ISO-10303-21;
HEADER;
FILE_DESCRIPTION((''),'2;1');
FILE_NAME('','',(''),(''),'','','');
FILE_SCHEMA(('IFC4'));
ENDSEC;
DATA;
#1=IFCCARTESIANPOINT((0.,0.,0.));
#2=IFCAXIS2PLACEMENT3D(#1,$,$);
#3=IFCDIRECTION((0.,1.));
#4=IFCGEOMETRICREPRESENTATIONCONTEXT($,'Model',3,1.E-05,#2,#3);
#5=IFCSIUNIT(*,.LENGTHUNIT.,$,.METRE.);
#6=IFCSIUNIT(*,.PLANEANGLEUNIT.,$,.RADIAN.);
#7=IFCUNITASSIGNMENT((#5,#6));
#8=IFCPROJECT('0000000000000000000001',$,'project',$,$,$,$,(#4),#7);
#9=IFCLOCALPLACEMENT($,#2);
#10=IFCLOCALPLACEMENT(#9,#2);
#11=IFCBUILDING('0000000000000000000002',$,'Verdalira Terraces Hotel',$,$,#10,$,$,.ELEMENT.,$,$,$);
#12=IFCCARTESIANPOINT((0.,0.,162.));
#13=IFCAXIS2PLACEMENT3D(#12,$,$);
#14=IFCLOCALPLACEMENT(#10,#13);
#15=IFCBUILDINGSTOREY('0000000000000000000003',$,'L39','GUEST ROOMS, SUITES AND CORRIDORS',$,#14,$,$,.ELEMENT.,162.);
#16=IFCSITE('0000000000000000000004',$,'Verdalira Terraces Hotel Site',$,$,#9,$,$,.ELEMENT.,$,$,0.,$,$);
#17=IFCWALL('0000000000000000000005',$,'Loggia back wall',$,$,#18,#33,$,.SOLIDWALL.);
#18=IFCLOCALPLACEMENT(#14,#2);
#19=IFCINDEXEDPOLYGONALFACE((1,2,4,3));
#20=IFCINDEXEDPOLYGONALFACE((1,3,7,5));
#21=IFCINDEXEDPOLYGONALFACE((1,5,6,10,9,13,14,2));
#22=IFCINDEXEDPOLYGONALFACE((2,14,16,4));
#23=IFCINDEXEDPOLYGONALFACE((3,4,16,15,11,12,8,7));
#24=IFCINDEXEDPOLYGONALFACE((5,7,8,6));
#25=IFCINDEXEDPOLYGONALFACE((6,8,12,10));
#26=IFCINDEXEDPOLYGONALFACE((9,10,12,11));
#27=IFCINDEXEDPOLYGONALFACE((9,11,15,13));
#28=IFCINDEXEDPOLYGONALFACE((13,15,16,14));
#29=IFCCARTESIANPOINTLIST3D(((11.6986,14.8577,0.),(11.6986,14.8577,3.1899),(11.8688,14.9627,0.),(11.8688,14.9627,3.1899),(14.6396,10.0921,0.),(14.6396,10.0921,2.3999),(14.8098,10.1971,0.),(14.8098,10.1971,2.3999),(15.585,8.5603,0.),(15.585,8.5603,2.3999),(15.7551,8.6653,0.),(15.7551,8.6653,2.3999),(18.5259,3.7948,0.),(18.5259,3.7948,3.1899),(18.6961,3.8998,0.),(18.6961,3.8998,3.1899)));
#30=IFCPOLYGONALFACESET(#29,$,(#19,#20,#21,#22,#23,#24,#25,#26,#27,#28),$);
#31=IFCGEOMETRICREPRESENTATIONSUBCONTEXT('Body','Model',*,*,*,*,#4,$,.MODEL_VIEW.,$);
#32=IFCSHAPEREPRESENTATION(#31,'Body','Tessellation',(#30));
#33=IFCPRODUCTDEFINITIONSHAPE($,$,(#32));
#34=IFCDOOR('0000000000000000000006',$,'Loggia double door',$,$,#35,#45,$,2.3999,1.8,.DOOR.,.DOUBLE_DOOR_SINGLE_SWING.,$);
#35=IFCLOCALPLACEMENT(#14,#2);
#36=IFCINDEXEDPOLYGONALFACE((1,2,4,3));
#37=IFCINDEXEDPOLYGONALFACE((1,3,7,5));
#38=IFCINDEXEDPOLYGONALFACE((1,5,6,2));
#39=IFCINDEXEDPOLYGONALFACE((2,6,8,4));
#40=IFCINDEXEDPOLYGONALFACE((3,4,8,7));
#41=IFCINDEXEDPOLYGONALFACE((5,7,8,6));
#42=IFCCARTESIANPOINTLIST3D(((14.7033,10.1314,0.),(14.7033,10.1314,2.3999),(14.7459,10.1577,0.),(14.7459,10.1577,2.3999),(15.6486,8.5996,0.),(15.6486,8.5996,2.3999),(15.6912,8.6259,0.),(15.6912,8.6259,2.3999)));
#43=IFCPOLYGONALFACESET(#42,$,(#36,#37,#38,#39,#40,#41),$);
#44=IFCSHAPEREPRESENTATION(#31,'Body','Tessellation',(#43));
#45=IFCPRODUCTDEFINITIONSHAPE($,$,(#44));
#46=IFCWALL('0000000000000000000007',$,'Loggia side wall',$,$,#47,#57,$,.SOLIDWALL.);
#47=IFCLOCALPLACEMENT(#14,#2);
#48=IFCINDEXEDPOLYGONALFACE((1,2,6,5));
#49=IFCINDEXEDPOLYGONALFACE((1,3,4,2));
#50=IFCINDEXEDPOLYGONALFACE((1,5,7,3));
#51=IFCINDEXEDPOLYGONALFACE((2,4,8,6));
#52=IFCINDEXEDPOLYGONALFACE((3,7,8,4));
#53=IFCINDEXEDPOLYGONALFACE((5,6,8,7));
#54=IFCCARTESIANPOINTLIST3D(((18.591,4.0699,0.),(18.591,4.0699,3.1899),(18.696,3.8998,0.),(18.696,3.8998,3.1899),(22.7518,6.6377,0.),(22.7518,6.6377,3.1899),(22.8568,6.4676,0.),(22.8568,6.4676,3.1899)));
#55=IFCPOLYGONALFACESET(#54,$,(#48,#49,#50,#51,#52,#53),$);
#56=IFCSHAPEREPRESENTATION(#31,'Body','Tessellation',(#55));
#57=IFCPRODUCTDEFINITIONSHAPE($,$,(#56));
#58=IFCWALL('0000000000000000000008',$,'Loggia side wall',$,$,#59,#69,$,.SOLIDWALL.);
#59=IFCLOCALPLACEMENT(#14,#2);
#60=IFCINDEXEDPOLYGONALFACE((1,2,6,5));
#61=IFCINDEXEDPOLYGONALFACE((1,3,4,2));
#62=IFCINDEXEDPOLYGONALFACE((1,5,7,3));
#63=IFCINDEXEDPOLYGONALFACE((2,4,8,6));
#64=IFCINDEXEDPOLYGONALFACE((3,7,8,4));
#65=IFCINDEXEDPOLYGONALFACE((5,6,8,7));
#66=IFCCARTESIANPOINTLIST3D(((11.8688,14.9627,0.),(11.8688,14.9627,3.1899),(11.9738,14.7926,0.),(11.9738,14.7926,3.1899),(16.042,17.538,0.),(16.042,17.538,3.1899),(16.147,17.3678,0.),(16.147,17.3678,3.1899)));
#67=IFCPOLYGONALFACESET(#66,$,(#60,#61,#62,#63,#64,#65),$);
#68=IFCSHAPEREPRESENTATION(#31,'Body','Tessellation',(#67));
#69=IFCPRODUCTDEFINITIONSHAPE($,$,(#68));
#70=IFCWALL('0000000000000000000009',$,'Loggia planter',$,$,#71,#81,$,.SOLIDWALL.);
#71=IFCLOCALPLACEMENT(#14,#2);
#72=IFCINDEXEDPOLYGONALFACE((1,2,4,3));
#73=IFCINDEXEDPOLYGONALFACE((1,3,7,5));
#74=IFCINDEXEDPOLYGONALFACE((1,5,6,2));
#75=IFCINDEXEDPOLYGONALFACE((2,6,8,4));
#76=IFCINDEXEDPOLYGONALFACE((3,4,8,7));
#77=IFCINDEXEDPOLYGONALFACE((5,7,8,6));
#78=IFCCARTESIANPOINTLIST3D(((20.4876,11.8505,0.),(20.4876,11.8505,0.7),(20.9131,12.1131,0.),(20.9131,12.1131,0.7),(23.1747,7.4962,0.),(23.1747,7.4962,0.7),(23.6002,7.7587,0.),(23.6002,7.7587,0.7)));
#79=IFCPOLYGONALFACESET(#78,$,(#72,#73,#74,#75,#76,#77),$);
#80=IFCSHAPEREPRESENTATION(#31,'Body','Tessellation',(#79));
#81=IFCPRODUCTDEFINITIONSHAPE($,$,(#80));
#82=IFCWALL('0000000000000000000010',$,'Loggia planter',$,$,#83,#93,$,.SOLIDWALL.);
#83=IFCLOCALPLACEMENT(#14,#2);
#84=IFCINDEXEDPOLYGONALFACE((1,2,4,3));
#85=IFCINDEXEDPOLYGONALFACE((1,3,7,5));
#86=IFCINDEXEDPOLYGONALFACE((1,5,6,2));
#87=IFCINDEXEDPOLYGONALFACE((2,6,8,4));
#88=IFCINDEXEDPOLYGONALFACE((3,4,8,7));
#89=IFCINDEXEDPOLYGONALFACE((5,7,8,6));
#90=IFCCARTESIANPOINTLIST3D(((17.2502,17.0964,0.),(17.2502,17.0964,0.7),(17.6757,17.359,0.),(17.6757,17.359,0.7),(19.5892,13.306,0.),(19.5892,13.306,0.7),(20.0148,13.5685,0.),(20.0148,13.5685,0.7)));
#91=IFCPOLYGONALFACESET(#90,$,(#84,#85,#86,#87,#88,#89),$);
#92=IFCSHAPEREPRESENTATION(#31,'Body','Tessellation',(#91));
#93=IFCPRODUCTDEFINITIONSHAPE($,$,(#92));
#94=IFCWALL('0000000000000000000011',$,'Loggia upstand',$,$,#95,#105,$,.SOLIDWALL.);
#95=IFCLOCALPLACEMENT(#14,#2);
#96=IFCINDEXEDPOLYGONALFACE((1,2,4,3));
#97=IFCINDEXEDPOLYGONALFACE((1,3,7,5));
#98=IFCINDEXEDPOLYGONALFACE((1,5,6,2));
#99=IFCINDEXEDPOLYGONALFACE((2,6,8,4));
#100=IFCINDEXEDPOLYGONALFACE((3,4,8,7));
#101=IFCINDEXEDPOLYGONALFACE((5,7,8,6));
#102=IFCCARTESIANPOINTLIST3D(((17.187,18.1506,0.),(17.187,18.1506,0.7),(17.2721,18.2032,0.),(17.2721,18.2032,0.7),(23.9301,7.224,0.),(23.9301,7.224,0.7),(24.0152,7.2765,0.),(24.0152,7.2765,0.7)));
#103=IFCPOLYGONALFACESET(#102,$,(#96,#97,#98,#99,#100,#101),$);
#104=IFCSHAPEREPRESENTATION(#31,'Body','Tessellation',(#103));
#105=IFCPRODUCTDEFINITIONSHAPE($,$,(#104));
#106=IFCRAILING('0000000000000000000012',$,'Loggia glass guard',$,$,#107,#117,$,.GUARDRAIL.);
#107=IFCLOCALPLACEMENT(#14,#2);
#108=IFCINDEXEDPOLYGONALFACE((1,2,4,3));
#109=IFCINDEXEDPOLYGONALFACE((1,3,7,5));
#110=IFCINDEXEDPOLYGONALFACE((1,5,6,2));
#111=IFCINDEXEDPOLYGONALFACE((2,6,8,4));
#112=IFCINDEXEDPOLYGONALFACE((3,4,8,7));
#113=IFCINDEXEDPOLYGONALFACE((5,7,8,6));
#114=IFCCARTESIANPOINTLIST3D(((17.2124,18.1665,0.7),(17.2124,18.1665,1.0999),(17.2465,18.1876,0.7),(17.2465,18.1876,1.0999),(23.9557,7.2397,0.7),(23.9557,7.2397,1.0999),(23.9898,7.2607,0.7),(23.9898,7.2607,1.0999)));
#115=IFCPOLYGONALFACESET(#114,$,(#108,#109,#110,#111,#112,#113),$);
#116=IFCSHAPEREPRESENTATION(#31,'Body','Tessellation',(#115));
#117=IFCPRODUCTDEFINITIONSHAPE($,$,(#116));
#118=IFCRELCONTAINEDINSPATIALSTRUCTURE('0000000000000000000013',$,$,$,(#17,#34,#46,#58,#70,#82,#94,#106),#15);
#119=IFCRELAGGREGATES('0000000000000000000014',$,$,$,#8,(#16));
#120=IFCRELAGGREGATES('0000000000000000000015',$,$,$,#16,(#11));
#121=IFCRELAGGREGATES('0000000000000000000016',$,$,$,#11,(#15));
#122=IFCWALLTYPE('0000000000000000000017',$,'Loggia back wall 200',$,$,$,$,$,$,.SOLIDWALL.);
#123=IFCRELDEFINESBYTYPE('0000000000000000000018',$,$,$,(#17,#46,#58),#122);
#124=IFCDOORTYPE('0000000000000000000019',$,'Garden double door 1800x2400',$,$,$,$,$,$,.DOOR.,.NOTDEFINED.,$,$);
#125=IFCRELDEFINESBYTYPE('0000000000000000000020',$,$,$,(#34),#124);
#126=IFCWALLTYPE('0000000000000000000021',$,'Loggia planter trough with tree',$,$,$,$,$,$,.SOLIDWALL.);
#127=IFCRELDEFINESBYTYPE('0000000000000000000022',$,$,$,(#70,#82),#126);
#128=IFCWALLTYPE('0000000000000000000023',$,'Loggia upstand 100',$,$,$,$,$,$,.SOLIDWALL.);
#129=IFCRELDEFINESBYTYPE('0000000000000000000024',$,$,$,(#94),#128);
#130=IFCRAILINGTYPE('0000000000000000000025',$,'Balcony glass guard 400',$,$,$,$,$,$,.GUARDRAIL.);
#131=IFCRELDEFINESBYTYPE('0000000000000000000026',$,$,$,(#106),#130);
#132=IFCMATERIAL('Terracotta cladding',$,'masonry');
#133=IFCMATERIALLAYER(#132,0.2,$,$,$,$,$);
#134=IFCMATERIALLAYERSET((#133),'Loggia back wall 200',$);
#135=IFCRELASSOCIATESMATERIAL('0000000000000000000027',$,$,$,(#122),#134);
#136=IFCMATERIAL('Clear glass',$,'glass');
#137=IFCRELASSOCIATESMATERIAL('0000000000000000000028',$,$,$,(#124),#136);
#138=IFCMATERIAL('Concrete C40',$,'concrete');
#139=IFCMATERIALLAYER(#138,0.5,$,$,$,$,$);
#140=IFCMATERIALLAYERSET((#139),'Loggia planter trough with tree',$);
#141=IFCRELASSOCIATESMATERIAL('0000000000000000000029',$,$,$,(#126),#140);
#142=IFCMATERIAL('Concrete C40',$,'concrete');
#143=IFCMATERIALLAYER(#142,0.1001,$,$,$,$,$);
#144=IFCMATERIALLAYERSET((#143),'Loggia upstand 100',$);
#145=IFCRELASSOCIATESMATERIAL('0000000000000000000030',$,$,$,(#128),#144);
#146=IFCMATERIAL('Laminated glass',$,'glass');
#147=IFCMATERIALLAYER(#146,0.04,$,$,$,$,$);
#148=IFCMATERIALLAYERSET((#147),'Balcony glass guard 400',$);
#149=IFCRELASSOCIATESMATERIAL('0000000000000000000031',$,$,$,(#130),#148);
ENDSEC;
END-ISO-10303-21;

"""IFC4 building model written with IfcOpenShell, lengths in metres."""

from ifc_helpers import new_model, si_unit, direction, frame, frame_2d, origin, origin_2d, place, context, subcontext, project, spatial, rectangle, extrude, material, layer, layer_set, type_object, element, fill, save


model = new_model("IFC4")

# Units and contexts
model_context = context("Model", 3, precision=1e-05, world=origin(), true_north=direction((0.0, 1.0)))
body_context = subcontext(model_context, "Body", "Model", "MODEL_VIEW")
ifc_project = project(units=[si_unit("LENGTHUNIT", "METRE"), si_unit("PLANEANGLEUNIT", "RADIAN")], contexts=[model_context])

# Site, building, storey
site_placement = place(None, origin())
site = spatial("IfcSite", under=ifc_project, at=site_placement, Name="Verdalira Terraces Hotel Site", CompositionType="ELEMENT", RefElevation=0.0)
building_placement = place(site_placement, origin())
building = spatial("IfcBuilding", under=site, at=building_placement, Name="Verdalira Terraces Hotel", CompositionType="ELEMENT")
storey_placement = place(building_placement, frame((0.0, 0.0, 162.0)))
storey = spatial("IfcBuildingStorey", under=building, at=storey_placement, Name="L39", Description="GUEST ROOMS, SUITES AND CORRIDORS", CompositionType="ELEMENT", Elevation=162.0)

# Wall, opening, door
ifc_material_1 = material(Name="Terracotta cladding", Category="masonry")
ifc_layer_1 = layer(ifc_material_1, 0.2)
ifc_layer_set_1 = layer_set([ifc_layer_1], Name="Loggia back wall 200")
wall_type_1 = type_object("IfcWallType", Name="Loggia back wall 200", PredefinedType="SOLIDWALL", material=ifc_layer_set_1)
wall_1_placement = place(storey_placement, frame((11.7837, 14.9102, 0.0), z_axis=(0.0, 0.0, 1.0), x_axis=(0.525179, -0.850992, 0.0)))
wall_1 = element("IfcWall", 1, at=wall_1_placement, inside=storey, type_object=wall_type_1, Name="Loggia back wall", PredefinedType="SOLIDWALL", context=body_context, shape_type="SweptSolid", body=[
    extrude(rectangle(XDim=13.0, YDim=0.2, at=frame_2d((6.5, 0.0))), origin(), (0.0, 0.0, 1.0), 3.1899),
])
opening_1_placement = place(wall_1_placement, frame((5.6001, 0.0, 0.0)))
opening_1 = element("IfcOpeningElement", 2, at=opening_1_placement, cuts=wall_1, PredefinedType="OPENING", context=body_context, shape_type="SweptSolid", body=[
    extrude(rectangle(XDim=1.8, YDim=2.3999, at=frame_2d((0.8999, 1.2))), frame((0.0, 0.1099, 0.0), z_axis=(0.0, -1.0, 0.0), x_axis=(1.0, 0.0, 0.0)), (0.0, 0.0, 1.0), 0.22),
])
ifc_material_2 = material(Name="Clear glass", Category="glass")
door_type_1 = type_object("IfcDoorType", Name="Garden double door 1800x2400", OperationType="NOTDEFINED", PredefinedType="DOOR", material=ifc_material_2)
door_1_placement = place(opening_1_placement, origin())
door_1 = element("IfcDoor", 3, at=door_1_placement, inside=storey, type_object=door_type_1, Name="Loggia double door", OperationType="DOUBLE_DOOR_SINGLE_SWING", OverallHeight=2.3999, OverallWidth=1.8, PredefinedType="DOOR", context=body_context, shape_type="SweptSolid", body=[
    extrude(rectangle(XDim=1.8, YDim=2.3999, at=frame_2d((0.8999, 1.2))), frame((0.0, 0.0249, 0.0), z_axis=(0.0, -1.0, 0.0), x_axis=(1.0, 0.0, 0.0)), (0.0, 0.0, 1.0), 0.05),
])
fill(opening_1, door_1)

# Walls
wall_2_placement = place(storey_placement, frame((22.8044, 6.5527, 0.0), z_axis=(0.0, 0.0, 1.0), x_axis=(-0.850989, -0.525184, 0.0)))
element("IfcWall", 4, at=wall_2_placement, inside=storey, type_object=wall_type_1, Name="Loggia side wall", PredefinedType="SOLIDWALL", context=body_context, shape_type="SweptSolid", body=[
    extrude(rectangle(XDim=4.8894, YDim=0.2, at=frame_2d((2.4448, 0.0))), origin(), (0.0, 0.0, 1.0), 3.1899),
])
wall_3_placement = place(storey_placement, frame((16.0945, 17.4529, 0.0), z_axis=(0.0, 0.0, 1.0), x_axis=(-0.851008, -0.525153, 0.0)))
element("IfcWall", 5, at=wall_3_placement, inside=storey, type_object=wall_type_1, Name="Loggia side wall", PredefinedType="SOLIDWALL", context=body_context, shape_type="SweptSolid", body=[
    extrude(rectangle(XDim=4.9038, YDim=0.2, at=frame_2d((2.4519, 0.0))), origin(), (0.0, 0.0, 1.0), 3.1899),
])
ifc_material_3 = material(Name="Concrete C40", Category="concrete")
ifc_layer_2 = layer(ifc_material_3, 0.5)
ifc_layer_set_2 = layer_set([ifc_layer_2], Name="Loggia planter trough with tree")
wall_type_2 = type_object("IfcWallType", Name="Loggia planter trough with tree", PredefinedType="SOLIDWALL", material=ifc_layer_set_2)
wall_4_placement = place(storey_placement, frame((23.3875, 7.6274, 0.0), z_axis=(0.0, 0.0, 1.0), x_axis=(-0.525157, 0.851006, 0.0)))
element("IfcWall", 6, at=wall_4_placement, inside=storey, type_object=wall_type_2, Name="Loggia planter", PredefinedType="SOLIDWALL", context=body_context, shape_type="SweptSolid", body=[
    extrude(rectangle(XDim=5.1167, YDim=0.5, at=frame_2d((2.5583, 0.0))), origin(), (0.0, 0.0, 1.0), 0.7),
])
wall_5_placement = place(storey_placement, frame((19.802, 13.4373, 0.0), z_axis=(0.0, 0.0, 1.0), x_axis=(-0.525152, 0.851008, 0.0)))
element("IfcWall", 7, at=wall_5_placement, inside=storey, type_object=wall_type_2, Name="Loggia planter", PredefinedType="SOLIDWALL", context=body_context, shape_type="SweptSolid", body=[
    extrude(rectangle(XDim=4.4541, YDim=0.5, at=frame_2d((2.2271, 0.0))), origin(), (0.0, 0.0, 1.0), 0.7),
])
ifc_material_4 = material(Name="Concrete C40", Category="concrete")
ifc_layer_3 = layer(ifc_material_4, 0.1001)
ifc_layer_set_3 = layer_set([ifc_layer_3], Name="Loggia upstand 100")
wall_type_3 = type_object("IfcWallType", Name="Loggia upstand 100", PredefinedType="SOLIDWALL", material=ifc_layer_set_3)
wall_6_placement = place(storey_placement, frame((23.9727, 7.2502, 0.0), z_axis=(0.0, 0.0, 1.0), x_axis=(-0.525171, 0.850997, 0.0)))
element("IfcWall", 8, at=wall_6_placement, inside=storey, type_object=wall_type_3, Name="Loggia upstand", PredefinedType="SOLIDWALL", context=body_context, shape_type="SweptSolid", body=[
    extrude(rectangle(XDim=12.8398, YDim=0.1001, at=frame_2d((6.4199, 0.0))), origin(), (0.0, 0.0, 1.0), 0.7),
])

# Railing
ifc_material_5 = material(Name="Laminated glass", Category="glass")
ifc_layer_4 = layer(ifc_material_5, 0.04)
ifc_layer_set_4 = layer_set([ifc_layer_4], Name="Balcony glass guard 400")
railing_type = type_object("IfcRailingType", Name="Balcony glass guard 400", PredefinedType="GUARDRAIL", material=ifc_layer_set_4)
railing_placement = place(storey_placement, frame((20.6011, 12.7136, 0.7), z_axis=(0.0, 0.0, 1.0), x_axis=(-0.525175, 0.850994, 0.0)))
element("IfcRailing", 9, at=railing_placement, inside=storey, type_object=railing_type, Name="Loggia glass guard", PredefinedType="GUARDRAIL", context=body_context, shape_type="SweptSolid", body=[
    extrude(rectangle(XDim=12.8401, YDim=0.04, at=origin_2d()), origin(), (0.0, 0.0, 1.0), 0.3999),
])

save(model, "model.ifc")
